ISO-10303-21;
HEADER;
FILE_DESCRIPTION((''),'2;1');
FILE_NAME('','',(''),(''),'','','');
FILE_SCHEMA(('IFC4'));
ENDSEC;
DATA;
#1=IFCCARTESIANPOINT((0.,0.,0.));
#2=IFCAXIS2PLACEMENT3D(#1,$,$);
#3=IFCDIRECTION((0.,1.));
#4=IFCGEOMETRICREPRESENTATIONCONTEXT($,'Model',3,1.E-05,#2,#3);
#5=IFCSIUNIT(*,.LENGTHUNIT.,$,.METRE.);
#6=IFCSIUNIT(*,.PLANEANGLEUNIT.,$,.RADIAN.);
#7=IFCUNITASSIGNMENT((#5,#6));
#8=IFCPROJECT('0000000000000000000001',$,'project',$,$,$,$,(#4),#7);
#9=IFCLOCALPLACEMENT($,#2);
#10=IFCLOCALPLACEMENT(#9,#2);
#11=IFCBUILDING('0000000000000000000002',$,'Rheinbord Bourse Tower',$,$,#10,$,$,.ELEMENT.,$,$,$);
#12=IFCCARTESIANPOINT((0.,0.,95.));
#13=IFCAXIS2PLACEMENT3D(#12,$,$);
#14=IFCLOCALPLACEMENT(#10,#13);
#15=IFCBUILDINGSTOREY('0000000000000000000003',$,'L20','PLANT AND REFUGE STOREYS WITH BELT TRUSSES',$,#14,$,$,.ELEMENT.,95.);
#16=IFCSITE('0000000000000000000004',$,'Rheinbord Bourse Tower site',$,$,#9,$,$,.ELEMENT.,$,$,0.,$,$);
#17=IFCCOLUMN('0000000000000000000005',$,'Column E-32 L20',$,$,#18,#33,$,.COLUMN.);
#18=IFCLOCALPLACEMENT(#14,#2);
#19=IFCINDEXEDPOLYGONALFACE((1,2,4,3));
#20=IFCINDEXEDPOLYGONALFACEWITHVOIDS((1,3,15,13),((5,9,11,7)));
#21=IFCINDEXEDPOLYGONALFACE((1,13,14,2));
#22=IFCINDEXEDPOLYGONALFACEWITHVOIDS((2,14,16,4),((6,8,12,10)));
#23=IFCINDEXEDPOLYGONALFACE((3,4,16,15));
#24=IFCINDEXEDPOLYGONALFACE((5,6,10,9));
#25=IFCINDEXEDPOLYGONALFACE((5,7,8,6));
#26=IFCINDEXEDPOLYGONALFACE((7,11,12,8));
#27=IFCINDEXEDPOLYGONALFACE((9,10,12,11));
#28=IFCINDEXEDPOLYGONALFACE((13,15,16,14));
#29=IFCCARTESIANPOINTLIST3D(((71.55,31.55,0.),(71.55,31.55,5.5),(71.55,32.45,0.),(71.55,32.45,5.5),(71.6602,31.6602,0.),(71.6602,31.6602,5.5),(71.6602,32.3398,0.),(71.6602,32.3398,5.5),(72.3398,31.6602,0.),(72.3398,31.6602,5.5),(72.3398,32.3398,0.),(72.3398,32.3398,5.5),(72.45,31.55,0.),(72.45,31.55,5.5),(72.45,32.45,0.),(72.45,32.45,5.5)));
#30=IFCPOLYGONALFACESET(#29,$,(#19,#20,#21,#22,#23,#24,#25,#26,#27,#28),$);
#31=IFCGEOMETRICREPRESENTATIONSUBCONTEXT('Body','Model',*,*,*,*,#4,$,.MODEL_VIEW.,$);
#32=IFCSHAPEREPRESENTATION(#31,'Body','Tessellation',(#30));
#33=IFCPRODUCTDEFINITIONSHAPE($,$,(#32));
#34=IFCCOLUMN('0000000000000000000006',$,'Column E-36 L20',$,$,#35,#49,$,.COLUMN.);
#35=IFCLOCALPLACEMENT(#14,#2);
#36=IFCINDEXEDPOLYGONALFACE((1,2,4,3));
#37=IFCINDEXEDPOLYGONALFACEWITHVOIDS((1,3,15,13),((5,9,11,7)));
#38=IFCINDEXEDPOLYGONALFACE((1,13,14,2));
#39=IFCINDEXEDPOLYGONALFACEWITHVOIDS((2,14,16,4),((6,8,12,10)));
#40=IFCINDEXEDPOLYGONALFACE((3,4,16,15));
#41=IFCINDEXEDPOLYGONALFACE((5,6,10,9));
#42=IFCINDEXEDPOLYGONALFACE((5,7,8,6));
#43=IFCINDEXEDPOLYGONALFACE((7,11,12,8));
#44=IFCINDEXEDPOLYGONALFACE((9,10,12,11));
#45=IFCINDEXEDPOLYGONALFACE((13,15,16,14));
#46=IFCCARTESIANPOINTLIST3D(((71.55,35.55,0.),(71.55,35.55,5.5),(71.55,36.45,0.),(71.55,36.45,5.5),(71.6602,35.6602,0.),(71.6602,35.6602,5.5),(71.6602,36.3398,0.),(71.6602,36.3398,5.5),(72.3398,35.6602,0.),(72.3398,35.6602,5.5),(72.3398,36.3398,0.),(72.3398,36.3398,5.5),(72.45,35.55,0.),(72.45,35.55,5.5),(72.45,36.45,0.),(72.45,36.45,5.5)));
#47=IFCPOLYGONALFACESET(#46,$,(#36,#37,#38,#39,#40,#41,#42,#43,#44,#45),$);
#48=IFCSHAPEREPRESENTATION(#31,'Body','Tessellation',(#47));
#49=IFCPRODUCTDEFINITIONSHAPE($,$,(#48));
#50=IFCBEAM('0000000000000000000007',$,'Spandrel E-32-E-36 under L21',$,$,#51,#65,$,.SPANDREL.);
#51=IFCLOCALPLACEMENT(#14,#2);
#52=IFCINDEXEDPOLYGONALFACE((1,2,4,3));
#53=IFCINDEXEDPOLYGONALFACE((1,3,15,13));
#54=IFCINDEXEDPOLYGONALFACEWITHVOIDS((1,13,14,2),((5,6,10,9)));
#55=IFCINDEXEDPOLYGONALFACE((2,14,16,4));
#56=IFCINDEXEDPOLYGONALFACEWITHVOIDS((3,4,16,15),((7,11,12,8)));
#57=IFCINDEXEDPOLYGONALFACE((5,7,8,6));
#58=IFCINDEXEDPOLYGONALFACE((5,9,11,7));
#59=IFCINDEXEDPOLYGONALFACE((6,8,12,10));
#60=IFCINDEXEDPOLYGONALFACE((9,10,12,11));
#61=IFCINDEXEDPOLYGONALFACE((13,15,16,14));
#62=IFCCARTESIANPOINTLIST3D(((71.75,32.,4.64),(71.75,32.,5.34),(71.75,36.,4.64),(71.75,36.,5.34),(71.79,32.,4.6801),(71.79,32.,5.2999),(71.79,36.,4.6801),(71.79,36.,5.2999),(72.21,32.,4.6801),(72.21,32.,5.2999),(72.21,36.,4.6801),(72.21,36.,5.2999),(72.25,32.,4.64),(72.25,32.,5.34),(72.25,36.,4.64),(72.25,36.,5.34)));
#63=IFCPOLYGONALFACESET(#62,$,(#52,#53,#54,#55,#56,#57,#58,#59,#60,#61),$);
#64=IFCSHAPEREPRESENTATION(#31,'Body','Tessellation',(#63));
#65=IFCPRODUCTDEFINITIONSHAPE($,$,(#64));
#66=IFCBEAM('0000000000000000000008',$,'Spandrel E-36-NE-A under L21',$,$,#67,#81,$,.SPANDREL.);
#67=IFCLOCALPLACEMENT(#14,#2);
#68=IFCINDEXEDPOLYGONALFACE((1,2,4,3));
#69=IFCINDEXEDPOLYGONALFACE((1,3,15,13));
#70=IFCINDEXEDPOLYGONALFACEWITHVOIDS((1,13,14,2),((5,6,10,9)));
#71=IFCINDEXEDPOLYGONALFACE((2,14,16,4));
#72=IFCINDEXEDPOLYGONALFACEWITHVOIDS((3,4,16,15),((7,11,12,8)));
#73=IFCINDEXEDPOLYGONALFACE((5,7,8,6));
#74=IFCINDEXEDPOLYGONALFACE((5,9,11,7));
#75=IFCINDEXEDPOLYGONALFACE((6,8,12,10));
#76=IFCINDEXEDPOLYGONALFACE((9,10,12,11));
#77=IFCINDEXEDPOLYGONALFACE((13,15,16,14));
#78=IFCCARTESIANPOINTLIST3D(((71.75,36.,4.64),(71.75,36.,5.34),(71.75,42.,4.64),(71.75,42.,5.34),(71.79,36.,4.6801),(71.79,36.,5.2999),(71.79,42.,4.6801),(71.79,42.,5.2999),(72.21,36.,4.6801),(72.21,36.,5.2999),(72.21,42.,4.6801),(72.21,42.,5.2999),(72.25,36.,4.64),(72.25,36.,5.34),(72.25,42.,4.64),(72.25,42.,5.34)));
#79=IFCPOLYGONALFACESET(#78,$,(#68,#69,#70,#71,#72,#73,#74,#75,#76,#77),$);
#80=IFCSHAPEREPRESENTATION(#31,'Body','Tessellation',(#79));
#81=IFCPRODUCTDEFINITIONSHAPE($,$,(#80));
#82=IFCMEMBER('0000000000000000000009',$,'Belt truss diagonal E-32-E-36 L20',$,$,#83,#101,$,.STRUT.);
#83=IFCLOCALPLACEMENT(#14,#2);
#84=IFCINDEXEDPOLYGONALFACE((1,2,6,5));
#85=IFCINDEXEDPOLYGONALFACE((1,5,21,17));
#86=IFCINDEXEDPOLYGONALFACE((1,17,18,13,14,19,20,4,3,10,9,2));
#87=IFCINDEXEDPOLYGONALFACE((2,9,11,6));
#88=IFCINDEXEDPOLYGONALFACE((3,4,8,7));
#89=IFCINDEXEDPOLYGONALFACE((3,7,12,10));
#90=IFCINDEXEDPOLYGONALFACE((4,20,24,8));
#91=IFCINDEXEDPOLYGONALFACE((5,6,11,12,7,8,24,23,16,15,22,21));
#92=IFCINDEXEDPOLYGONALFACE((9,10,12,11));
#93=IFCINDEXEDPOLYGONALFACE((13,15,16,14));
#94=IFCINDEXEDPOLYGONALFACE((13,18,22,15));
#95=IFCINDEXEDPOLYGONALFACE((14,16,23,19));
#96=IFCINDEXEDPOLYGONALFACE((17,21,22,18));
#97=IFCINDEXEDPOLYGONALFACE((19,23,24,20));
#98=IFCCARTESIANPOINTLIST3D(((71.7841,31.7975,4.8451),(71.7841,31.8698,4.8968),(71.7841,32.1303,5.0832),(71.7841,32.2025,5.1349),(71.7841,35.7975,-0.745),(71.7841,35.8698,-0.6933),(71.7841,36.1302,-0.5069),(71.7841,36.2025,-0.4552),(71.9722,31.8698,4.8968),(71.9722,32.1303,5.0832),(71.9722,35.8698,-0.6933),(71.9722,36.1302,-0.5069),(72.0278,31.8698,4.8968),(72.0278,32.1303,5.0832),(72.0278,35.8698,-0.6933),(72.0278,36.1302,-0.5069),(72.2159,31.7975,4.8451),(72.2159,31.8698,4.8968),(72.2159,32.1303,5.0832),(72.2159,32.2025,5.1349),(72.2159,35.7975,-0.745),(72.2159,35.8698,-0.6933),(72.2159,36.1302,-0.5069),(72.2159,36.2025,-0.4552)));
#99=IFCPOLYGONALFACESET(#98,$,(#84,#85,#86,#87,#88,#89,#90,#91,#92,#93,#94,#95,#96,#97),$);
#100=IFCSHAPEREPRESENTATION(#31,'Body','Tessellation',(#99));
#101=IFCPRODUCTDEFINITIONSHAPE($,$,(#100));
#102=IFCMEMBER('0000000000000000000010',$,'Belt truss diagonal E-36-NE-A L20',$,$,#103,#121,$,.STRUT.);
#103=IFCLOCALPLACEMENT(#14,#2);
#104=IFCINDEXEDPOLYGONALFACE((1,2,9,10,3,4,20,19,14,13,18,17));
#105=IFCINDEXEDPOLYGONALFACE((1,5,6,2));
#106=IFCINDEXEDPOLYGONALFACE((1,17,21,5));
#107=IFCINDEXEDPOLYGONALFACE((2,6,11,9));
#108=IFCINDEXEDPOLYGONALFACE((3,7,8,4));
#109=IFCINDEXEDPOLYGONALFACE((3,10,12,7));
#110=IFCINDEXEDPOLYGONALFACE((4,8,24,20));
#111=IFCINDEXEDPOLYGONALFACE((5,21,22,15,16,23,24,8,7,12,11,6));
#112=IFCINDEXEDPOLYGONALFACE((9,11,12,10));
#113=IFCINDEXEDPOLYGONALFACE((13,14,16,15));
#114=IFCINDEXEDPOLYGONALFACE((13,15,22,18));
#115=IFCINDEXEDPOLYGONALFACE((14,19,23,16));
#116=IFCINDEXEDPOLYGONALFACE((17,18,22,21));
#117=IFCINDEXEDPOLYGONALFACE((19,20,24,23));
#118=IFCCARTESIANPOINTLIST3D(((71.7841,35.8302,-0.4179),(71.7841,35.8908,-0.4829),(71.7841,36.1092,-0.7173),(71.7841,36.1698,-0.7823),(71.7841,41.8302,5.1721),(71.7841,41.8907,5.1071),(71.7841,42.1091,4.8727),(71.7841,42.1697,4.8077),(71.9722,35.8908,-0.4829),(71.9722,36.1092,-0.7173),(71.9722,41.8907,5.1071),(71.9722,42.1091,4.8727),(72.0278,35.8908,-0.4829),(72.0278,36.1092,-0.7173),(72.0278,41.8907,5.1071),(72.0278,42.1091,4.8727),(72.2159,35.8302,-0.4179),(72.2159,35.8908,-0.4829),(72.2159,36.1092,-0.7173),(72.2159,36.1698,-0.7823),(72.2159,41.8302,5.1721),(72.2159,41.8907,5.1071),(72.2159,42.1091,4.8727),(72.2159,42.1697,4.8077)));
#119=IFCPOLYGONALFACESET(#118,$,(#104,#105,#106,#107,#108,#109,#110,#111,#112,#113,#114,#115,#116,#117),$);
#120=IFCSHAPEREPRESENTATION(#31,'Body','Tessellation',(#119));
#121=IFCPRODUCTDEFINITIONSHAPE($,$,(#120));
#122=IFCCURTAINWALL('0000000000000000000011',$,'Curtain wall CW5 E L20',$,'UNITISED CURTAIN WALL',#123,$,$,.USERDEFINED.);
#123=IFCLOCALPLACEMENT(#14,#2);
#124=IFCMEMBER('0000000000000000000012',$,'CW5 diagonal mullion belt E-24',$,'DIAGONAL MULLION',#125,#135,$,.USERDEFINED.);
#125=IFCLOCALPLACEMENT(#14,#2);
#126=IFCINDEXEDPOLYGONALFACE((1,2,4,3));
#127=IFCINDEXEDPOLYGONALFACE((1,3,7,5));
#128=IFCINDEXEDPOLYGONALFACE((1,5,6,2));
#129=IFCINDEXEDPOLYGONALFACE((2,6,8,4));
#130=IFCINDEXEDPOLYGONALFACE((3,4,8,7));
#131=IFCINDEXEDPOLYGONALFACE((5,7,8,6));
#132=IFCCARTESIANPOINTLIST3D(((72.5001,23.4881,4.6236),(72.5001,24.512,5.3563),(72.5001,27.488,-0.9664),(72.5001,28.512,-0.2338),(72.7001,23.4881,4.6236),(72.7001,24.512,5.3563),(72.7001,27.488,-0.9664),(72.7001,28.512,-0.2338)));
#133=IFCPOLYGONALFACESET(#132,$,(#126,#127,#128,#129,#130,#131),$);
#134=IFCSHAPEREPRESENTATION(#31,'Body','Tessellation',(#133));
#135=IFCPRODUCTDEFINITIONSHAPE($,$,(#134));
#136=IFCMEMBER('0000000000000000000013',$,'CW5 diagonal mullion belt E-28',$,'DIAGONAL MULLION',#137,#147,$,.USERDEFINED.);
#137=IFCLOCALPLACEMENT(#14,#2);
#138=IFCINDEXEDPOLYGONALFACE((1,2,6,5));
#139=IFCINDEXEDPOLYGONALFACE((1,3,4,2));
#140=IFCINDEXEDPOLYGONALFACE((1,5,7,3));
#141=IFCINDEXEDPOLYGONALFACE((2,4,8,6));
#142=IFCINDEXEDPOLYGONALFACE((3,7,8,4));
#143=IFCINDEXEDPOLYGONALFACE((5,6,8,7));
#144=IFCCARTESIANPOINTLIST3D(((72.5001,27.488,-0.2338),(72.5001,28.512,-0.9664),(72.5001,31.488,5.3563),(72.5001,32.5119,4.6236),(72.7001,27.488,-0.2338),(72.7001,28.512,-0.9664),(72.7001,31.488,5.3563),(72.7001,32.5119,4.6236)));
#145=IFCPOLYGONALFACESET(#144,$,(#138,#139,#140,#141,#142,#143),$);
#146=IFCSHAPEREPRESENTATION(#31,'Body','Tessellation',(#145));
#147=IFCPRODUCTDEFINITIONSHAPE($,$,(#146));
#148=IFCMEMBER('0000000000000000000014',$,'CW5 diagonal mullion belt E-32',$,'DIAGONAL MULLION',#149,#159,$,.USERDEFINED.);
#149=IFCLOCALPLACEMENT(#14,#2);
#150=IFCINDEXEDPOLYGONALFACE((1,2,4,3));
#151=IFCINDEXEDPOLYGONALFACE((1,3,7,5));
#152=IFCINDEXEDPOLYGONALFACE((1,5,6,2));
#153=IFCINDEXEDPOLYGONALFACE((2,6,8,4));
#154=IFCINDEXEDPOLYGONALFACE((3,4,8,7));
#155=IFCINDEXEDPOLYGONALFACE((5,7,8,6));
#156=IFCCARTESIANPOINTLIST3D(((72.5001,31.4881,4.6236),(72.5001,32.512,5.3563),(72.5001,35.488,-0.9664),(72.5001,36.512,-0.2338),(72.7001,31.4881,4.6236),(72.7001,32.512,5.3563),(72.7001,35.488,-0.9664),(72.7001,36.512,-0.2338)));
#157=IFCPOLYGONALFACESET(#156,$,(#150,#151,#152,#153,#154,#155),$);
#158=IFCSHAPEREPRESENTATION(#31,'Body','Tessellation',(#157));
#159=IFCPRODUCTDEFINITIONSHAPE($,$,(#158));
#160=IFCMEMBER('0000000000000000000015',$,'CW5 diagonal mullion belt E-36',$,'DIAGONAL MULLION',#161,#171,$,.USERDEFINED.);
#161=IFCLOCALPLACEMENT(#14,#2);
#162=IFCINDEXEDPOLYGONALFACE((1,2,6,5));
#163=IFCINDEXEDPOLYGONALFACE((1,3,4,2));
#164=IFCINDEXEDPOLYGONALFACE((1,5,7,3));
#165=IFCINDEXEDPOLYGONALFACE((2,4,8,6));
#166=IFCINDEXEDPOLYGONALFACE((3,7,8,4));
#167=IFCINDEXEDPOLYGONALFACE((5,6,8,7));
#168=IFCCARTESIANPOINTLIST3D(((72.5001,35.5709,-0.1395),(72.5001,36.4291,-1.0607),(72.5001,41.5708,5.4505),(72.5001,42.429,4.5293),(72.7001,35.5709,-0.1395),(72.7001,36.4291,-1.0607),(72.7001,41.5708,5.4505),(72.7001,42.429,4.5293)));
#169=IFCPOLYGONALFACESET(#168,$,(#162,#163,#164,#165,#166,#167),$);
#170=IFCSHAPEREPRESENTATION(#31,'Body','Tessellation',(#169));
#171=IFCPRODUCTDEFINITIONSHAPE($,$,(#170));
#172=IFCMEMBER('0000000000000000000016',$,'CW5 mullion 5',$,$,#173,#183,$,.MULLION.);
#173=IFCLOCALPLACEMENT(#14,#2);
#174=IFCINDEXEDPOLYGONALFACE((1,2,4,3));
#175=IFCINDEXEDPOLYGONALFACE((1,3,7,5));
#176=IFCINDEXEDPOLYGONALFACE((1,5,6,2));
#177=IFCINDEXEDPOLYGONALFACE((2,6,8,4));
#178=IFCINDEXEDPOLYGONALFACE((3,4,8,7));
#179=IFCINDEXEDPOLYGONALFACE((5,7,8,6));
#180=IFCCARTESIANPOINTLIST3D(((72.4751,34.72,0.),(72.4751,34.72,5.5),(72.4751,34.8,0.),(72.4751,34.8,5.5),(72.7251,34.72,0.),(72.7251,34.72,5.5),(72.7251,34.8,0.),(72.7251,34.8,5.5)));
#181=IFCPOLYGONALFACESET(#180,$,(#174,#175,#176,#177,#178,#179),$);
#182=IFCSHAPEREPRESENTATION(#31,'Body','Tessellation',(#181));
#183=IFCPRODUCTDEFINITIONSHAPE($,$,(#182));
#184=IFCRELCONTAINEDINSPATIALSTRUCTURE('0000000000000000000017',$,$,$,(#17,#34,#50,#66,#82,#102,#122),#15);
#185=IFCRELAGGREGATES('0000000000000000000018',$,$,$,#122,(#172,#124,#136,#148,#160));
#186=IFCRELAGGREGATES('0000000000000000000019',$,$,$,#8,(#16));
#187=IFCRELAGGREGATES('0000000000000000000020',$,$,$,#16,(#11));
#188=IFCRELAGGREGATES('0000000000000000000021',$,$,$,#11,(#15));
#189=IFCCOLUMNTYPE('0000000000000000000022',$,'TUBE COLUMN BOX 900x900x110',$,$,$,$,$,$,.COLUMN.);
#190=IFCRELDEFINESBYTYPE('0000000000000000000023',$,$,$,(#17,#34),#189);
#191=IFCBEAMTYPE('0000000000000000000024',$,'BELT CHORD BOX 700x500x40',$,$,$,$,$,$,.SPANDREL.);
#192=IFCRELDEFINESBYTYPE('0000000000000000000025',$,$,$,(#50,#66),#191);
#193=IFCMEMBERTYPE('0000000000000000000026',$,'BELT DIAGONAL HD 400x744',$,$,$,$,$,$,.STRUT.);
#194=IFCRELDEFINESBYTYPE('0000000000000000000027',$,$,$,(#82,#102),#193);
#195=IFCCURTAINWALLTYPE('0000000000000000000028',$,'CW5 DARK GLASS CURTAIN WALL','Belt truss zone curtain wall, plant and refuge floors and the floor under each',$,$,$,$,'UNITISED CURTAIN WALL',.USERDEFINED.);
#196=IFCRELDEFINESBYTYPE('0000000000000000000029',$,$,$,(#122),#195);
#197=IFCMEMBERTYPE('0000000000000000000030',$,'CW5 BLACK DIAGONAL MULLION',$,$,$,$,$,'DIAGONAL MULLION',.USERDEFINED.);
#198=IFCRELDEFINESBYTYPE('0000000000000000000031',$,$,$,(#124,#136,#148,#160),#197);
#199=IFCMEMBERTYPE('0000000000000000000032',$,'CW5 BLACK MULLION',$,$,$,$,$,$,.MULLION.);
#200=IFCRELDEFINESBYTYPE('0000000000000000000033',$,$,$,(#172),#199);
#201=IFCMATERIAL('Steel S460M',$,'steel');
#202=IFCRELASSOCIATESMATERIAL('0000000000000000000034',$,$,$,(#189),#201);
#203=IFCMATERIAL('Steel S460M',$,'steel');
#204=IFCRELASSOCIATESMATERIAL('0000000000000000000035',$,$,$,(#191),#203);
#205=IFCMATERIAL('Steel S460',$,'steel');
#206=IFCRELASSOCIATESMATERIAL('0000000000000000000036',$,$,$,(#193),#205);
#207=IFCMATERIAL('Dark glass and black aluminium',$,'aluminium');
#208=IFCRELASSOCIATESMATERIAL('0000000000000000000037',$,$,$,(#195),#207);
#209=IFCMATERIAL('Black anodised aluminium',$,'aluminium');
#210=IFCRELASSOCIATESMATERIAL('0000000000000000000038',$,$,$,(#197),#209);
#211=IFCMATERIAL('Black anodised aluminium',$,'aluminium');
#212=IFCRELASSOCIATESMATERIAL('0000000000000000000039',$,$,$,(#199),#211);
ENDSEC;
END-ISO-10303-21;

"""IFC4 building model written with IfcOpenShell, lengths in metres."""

from ifc_helpers import new_model, si_unit, direction, frame, origin, origin_2d, place, context, subcontext, project, spatial, rectangle, hollow_rectangle, i_section, extrude, material, material_profile, profile_set, type_object, element, aggregate, save


model = new_model("IFC4")

# Units and contexts
model_context = context("Model", 3, precision=1e-05, world=origin(), true_north=direction((0.0, 1.0)))
body_context = subcontext(model_context, "Body", "Model", "MODEL_VIEW")
ifc_project = project(units=[si_unit("LENGTHUNIT", "METRE"), si_unit("PLANEANGLEUNIT", "RADIAN")], contexts=[model_context])

# Site, building, storey
site_placement = place(None, origin())
site = spatial("IfcSite", under=ifc_project, at=site_placement, Name="Rheinbord Bourse Tower site", CompositionType="ELEMENT", RefElevation=0.0)
building_placement = place(site_placement, origin())
building = spatial("IfcBuilding", under=site, at=building_placement, Name="Rheinbord Bourse Tower", CompositionType="ELEMENT")
storey_placement = place(building_placement, frame((0.0, 0.0, 95.0)))
storey = spatial("IfcBuildingStorey", under=building, at=storey_placement, Name="L20", Description="PLANT AND REFUGE STOREYS WITH BELT TRUSSES", CompositionType="ELEMENT", Elevation=95.0)

# Columns
ifc_material_1 = material(Name="Steel S460M", Category="steel")
ifc_material_profile_1 = material_profile(ifc_material_1, hollow_rectangle(XDim=0.8999, YDim=0.8999, WallThickness=0.1101, at=origin_2d()), Name="BOX 900x900x110")
ifc_profile_set_1 = profile_set([ifc_material_profile_1], Name="Steel S460M")
column_type = type_object("IfcColumnType", Name="TUBE COLUMN BOX 900x900x110", PredefinedType="COLUMN", material=ifc_profile_set_1)
for number, where, z_axis, x_axis, name in (
    (1, (72.0, 32.0, 0.0), (0.0, 0.0, 1.0), (1.0, 0.0, 0.0), "Column E-32 L20"),
    (2, (72.0, 36.0, 0.0), (0.0, 0.0, 1.0), (1.0, 0.0, 0.0), "Column E-36 L20"),
):
    element("IfcColumn", number, at=place(storey_placement, frame(where, z_axis=z_axis, x_axis=x_axis)), inside=storey, type_object=column_type, Name=name, PredefinedType="COLUMN", context=body_context, shape_type="SweptSolid", body=[
        extrude(hollow_rectangle(XDim=0.8999, YDim=0.8999, WallThickness=0.1101, at=origin_2d()), origin(), (0.0, 0.0, 1.0), 5.5),
    ])

# Beams
ifc_material_2 = material(Name="Steel S460M", Category="steel")
ifc_material_profile_2 = material_profile(ifc_material_2, hollow_rectangle(XDim=0.5, YDim=0.7, WallThickness=0.04, at=origin_2d()), Name="BOX 700x500x40")
ifc_profile_set_2 = profile_set([ifc_material_profile_2], Name="Steel S460M")
beam_type_1 = type_object("IfcBeamType", Name="BELT CHORD BOX 700x500x40", PredefinedType="SPANDREL", material=ifc_profile_set_2)
beam_1_placement = place(storey_placement, frame((72.0, 32.0, 4.99), z_axis=(0.0, 1.0, 0.0), x_axis=(-1.0, 0.0, 0.0)))
element("IfcBeam", 3, at=beam_1_placement, inside=storey, type_object=beam_type_1, Name="Spandrel E-32-E-36 under L21", PredefinedType="SPANDREL", context=body_context, shape_type="SweptSolid", body=[
    extrude(hollow_rectangle(XDim=0.5, YDim=0.7, WallThickness=0.04, at=origin_2d()), origin(), (0.0, 0.0, 1.0), 4.0),
])
beam_2_placement = place(storey_placement, frame((72.0, 36.0, 4.99), z_axis=(0.0, 1.0, 0.0), x_axis=(-1.0, 0.0, 0.0)))
element("IfcBeam", 4, at=beam_2_placement, inside=storey, type_object=beam_type_1, Name="Spandrel E-36-NE-A under L21", PredefinedType="SPANDREL", context=body_context, shape_type="SweptSolid", body=[
    extrude(hollow_rectangle(XDim=0.5, YDim=0.7, WallThickness=0.04, at=origin_2d()), origin(), (0.0, 0.0, 1.0), 6.0),
])

# Members
ifc_material_3 = material(Name="Steel S460", Category="steel")
ifc_material_profile_3 = material_profile(ifc_material_3, i_section(OverallWidth=0.4319, OverallDepth=0.498, WebThickness=0.0557, FlangeThickness=0.0889, at=origin_2d()), Name="HD 400x744")
ifc_profile_set_3 = profile_set([ifc_material_profile_3], Name="Steel S460")
member_type_1 = type_object("IfcMemberType", Name="BELT DIAGONAL HD 400x744", PredefinedType="STRUT", material=ifc_profile_set_3)
member_1_placement = place(storey_placement, frame((72.0, 36.0, -0.6001), z_axis=(0.0, -0.58192, 0.813246), x_axis=(1.0, 0.0, 0.0)))
element("IfcMember", 5, at=member_1_placement, inside=storey, type_object=member_type_1, Name="Belt truss diagonal E-32-E-36 L20", PredefinedType="STRUT", context=body_context, shape_type="SweptSolid", body=[
    extrude(i_section(OverallWidth=0.4319, OverallDepth=0.498, WebThickness=0.0557, FlangeThickness=0.0889, at=origin_2d()), origin(), (0.0, 0.0, 1.0), 6.8738),
])
member_2_placement = place(storey_placement, frame((72.0, 36.0, -0.6001), z_axis=(0.0, 0.731658, 0.681672), x_axis=(-1.0, 0.0, 0.0)))
element("IfcMember", 6, at=member_2_placement, inside=storey, type_object=member_type_1, Name="Belt truss diagonal E-36-NE-A L20", PredefinedType="STRUT", context=body_context, shape_type="SweptSolid", body=[
    extrude(i_section(OverallWidth=0.4319, OverallDepth=0.498, WebThickness=0.0557, FlangeThickness=0.0889, at=origin_2d()), origin(), (0.0, 0.0, 1.0), 8.2004),
])

# Curtain wall, members
ifc_material_4 = material(Name="Dark glass and black aluminium", Category="aluminium")
curtain_wall_type = type_object("IfcCurtainWallType", Name="CW5 DARK GLASS CURTAIN WALL", Description="Belt truss zone curtain wall, plant and refuge floors and the floor under each", ElementType="UNITISED CURTAIN WALL", PredefinedType="USERDEFINED", material=ifc_material_4)
curtain_wall_placement = place(storey_placement, origin())
curtain_wall = element("IfcCurtainWall", 7, at=curtain_wall_placement, inside=storey, type_object=curtain_wall_type, Name="Curtain wall CW5 E L20", ObjectType="UNITISED CURTAIN WALL", PredefinedType="USERDEFINED")
ifc_material_5 = material(Name="Black anodised aluminium", Category="aluminium")
ifc_material_profile_4 = material_profile(ifc_material_5, rectangle(XDim=0.2, YDim=1.259, at=origin_2d()), Name="CW5 DIAGONAL MULLION 1259x200")
ifc_profile_set_4 = profile_set([ifc_material_profile_4], Name="Black anodised aluminium")
member_type_2 = type_object("IfcMemberType", Name="CW5 BLACK DIAGONAL MULLION", ElementType="DIAGONAL MULLION", PredefinedType="USERDEFINED", material=ifc_profile_set_4)
member_3_placement = place(storey_placement, frame((72.6001, 28.0, -0.6001), z_axis=(0.0, -0.58192, 0.813246), x_axis=(1.0, 0.0, 0.0)))
member_3 = element("IfcMember", 8, at=member_3_placement, type_object=member_type_2, Name="CW5 diagonal mullion belt E-24", ObjectType="DIAGONAL MULLION", PredefinedType="USERDEFINED", context=body_context, shape_type="SweptSolid", body=[
    extrude(rectangle(XDim=0.2, YDim=1.259, at=origin_2d()), origin(), (0.0, 0.0, 1.0), 6.8738),
])
member_4_placement = place(storey_placement, frame((72.6001, 28.0, -0.6001), z_axis=(0.0, 0.58192, 0.813246), x_axis=(-1.0, 0.0, 0.0)))
member_4 = element("IfcMember", 9, at=member_4_placement, type_object=member_type_2, Name="CW5 diagonal mullion belt E-28", ObjectType="DIAGONAL MULLION", PredefinedType="USERDEFINED", context=body_context, shape_type="SweptSolid", body=[
    extrude(rectangle(XDim=0.2, YDim=1.259, at=origin_2d()), origin(), (0.0, 0.0, 1.0), 6.8738),
])
member_5_placement = place(storey_placement, frame((72.6001, 36.0, -0.6001), z_axis=(0.0, -0.58192, 0.813246), x_axis=(1.0, 0.0, 0.0)))
member_5 = element("IfcMember", 10, at=member_5_placement, type_object=member_type_2, Name="CW5 diagonal mullion belt E-32", ObjectType="DIAGONAL MULLION", PredefinedType="USERDEFINED", context=body_context, shape_type="SweptSolid", body=[
    extrude(rectangle(XDim=0.2, YDim=1.259, at=origin_2d()), origin(), (0.0, 0.0, 1.0), 6.8738),
])
member_6_placement = place(storey_placement, frame((72.6001, 36.0, -0.6001), z_axis=(0.0, 0.731658, 0.681672), x_axis=(-1.0, 0.0, 0.0)))
member_6 = element("IfcMember", 11, at=member_6_placement, type_object=member_type_2, Name="CW5 diagonal mullion belt E-36", ObjectType="DIAGONAL MULLION", PredefinedType="USERDEFINED", context=body_context, shape_type="SweptSolid", body=[
    extrude(rectangle(XDim=0.2, YDim=1.259, at=origin_2d()), origin(), (0.0, 0.0, 1.0), 8.2004),
])
ifc_material_6 = material(Name="Black anodised aluminium", Category="aluminium")
ifc_material_profile_5 = material_profile(ifc_material_6, rectangle(XDim=0.25, YDim=0.0801, at=origin_2d()), Name="CW5 MULLION 80x250")
ifc_profile_set_5 = profile_set([ifc_material_profile_5], Name="Black anodised aluminium")
member_type_3 = type_object("IfcMemberType", Name="CW5 BLACK MULLION", PredefinedType="MULLION", material=ifc_profile_set_5)
member_7_placement = place(storey_placement, frame((72.6001, 34.76, 0.0), z_axis=(0.0, 0.0, 1.0), x_axis=(-1.0, 0.0, 0.0)))
member_7 = element("IfcMember", 12, at=member_7_placement, type_object=member_type_3, Name="CW5 mullion 5", PredefinedType="MULLION", context=body_context, shape_type="SweptSolid", body=[
    extrude(rectangle(XDim=0.25, YDim=0.0801, at=origin_2d()), origin(), (0.0, 0.0, 1.0), 5.5),
])

aggregate(curtain_wall, [member_7, member_3, member_4, member_5, member_6])

save(model, "model.ifc")
